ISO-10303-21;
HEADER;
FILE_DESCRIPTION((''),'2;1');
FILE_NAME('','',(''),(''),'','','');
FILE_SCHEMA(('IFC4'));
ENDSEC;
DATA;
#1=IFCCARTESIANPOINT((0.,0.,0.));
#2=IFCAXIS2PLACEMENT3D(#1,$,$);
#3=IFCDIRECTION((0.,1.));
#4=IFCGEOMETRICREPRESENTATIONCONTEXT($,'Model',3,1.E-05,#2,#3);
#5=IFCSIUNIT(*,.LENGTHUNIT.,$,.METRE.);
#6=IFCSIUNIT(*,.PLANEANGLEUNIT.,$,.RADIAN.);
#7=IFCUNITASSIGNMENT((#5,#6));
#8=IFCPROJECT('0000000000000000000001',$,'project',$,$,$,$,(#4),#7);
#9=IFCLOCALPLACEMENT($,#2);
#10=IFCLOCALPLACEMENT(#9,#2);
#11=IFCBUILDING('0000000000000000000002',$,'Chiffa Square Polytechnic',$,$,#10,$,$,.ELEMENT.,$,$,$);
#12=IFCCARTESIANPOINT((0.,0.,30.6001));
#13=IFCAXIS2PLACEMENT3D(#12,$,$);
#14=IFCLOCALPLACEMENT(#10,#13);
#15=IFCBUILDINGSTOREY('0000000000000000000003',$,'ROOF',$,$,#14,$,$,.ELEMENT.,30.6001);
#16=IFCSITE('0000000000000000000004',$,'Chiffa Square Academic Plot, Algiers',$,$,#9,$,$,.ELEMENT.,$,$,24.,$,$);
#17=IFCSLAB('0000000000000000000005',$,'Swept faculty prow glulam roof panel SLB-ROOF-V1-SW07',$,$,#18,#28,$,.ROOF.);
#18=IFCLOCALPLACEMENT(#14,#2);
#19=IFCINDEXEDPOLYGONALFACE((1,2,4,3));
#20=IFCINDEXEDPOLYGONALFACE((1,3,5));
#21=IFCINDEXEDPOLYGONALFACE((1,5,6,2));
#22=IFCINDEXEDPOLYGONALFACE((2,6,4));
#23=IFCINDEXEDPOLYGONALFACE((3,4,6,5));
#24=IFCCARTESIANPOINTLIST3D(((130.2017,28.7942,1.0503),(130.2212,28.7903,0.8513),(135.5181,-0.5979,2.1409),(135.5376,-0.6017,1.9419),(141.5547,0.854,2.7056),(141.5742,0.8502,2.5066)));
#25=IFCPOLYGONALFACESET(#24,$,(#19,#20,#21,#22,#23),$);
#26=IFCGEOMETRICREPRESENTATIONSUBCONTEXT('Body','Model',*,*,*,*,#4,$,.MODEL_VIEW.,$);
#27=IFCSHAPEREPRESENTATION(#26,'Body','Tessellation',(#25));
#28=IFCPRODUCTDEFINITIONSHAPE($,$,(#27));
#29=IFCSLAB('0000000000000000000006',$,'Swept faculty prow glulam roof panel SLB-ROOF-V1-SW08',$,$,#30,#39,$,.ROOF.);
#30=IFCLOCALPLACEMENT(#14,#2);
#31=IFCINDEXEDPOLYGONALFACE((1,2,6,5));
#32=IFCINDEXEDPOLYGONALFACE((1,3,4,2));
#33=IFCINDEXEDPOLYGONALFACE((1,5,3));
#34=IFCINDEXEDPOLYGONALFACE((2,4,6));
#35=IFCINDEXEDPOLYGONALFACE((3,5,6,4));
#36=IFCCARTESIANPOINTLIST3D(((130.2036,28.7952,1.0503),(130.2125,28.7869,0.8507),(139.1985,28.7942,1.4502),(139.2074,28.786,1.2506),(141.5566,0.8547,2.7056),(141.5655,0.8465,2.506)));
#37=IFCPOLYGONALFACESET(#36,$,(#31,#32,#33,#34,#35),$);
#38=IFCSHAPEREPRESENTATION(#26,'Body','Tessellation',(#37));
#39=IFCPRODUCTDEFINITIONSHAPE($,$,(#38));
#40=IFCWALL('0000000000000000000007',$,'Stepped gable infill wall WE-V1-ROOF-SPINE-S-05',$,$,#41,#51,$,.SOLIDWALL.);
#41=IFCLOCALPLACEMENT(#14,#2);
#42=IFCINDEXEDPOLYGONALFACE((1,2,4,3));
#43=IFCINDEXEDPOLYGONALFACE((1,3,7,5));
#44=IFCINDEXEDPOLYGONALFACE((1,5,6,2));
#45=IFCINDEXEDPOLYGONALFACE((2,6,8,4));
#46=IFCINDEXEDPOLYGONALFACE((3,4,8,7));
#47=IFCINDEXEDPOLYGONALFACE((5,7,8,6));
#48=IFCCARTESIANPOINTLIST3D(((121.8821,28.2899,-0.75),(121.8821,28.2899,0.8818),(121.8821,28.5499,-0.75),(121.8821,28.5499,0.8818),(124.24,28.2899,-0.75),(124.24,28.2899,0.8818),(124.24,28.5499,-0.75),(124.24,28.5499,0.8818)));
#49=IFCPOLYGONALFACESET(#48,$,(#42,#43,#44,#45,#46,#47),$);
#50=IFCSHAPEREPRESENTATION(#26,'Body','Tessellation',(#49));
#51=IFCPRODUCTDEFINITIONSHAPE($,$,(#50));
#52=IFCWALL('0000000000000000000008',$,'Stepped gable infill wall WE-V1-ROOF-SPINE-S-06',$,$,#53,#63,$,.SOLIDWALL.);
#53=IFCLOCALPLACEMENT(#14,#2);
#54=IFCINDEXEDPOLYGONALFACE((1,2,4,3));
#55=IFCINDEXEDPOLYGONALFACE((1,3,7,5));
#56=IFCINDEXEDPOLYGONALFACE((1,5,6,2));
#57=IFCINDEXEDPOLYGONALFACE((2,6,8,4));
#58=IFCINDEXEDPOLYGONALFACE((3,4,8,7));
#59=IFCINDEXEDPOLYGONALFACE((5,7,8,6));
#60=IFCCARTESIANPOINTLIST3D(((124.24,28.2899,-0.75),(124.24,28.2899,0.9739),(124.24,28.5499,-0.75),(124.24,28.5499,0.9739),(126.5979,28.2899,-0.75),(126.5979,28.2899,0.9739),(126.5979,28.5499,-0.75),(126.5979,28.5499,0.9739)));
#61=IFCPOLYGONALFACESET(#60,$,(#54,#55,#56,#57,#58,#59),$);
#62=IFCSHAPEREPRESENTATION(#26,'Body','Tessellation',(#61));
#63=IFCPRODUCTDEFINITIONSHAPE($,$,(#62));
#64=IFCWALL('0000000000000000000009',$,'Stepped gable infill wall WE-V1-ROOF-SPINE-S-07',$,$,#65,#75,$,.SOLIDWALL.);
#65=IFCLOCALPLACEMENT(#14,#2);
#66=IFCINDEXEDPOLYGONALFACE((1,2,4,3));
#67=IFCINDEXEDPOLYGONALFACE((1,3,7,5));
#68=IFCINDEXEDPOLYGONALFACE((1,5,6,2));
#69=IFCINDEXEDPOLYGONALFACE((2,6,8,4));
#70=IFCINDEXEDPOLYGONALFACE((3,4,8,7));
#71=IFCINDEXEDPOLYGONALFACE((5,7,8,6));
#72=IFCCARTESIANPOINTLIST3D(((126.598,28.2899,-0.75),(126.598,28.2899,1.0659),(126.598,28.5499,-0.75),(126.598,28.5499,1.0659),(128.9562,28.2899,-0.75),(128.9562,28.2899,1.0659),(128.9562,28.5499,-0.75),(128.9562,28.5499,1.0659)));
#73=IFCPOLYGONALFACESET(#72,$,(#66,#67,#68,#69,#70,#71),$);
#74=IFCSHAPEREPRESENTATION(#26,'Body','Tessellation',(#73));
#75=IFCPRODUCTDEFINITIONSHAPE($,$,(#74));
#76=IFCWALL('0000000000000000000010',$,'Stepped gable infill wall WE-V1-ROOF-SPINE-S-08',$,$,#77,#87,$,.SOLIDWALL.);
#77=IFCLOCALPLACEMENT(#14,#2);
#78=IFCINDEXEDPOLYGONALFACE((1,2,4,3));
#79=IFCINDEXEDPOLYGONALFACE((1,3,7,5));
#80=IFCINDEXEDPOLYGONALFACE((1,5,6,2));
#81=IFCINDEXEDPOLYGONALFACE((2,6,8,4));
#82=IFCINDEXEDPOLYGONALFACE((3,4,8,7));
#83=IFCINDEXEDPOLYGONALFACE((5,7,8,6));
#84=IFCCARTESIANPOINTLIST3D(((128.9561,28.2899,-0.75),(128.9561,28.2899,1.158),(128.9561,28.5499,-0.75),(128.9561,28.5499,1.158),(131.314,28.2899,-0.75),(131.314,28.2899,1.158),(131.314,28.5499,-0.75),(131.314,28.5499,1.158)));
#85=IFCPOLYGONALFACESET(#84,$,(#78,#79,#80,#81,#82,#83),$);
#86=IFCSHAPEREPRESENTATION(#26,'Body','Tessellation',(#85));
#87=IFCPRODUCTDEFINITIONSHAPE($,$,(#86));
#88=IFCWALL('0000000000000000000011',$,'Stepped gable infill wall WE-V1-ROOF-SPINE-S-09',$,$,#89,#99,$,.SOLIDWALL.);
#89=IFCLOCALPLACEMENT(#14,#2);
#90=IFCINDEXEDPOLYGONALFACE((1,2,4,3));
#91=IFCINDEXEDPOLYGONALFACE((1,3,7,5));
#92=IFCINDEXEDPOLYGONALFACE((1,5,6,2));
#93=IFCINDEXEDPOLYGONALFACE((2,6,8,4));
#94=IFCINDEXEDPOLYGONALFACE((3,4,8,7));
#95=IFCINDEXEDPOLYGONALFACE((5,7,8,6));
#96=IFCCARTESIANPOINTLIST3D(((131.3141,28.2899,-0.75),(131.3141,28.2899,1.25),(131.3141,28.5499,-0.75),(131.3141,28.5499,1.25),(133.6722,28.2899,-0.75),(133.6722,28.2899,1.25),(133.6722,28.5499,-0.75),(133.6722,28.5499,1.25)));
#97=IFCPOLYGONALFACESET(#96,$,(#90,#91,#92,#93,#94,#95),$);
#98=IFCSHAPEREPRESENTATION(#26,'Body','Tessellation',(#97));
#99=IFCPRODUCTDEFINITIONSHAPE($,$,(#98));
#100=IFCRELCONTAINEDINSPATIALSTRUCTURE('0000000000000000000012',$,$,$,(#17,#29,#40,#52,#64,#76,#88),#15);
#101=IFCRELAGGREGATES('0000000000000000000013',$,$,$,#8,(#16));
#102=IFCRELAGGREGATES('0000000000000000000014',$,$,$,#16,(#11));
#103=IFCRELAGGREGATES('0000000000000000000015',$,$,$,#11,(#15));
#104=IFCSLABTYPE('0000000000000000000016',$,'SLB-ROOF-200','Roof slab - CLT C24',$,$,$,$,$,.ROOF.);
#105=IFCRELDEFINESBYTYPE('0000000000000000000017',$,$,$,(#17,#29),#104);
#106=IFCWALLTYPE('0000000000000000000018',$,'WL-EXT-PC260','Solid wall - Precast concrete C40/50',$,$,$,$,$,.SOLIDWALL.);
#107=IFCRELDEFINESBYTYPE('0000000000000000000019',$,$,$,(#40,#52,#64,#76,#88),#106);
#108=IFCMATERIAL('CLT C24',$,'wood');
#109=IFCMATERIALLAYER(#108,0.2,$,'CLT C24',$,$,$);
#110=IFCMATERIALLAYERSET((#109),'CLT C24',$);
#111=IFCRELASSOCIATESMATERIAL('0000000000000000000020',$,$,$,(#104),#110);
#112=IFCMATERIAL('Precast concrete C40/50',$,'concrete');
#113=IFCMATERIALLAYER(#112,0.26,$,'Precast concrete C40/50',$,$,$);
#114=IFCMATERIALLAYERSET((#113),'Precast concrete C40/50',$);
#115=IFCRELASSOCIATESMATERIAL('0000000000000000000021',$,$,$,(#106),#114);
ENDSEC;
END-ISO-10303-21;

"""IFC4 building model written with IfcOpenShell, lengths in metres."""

from ifc_helpers import new_model, si_unit, direction, frame, frame_2d, origin, place, context, subcontext, project, spatial, polyline, rectangle, outline, extrude, material, layer, layer_set, type_object, element, save


model = new_model("IFC4")

# Units and contexts
model_context = context("Model", 3, precision=1e-05, world=origin(), true_north=direction((0.0, 1.0)))
body_context = subcontext(model_context, "Body", "Model", "MODEL_VIEW")
ifc_project = project(units=[si_unit("LENGTHUNIT", "METRE"), si_unit("PLANEANGLEUNIT", "RADIAN")], contexts=[model_context])

# Site, building, storey
site_placement = place(None, origin())
site = spatial("IfcSite", under=ifc_project, at=site_placement, Name="Chiffa Square Academic Plot, Algiers", CompositionType="ELEMENT", RefElevation=24.0)
building_placement = place(site_placement, origin())
building = spatial("IfcBuilding", under=site, at=building_placement, Name="Chiffa Square Polytechnic", CompositionType="ELEMENT")
storey_placement = place(building_placement, frame((0.0, 0.0, 30.6001)))
storey = spatial("IfcBuildingStorey", under=building, at=storey_placement, Name="ROOF", CompositionType="ELEMENT", Elevation=30.6001)

# Slabs
ifc_material_1 = material(Name="CLT C24", Category="wood")
ifc_layer_1 = layer(ifc_material_1, 0.2, Name="CLT C24")
ifc_layer_set_1 = layer_set([ifc_layer_1], Name="CLT C24")
slab_type = type_object("IfcSlabType", Name="SLB-ROOF-200", Description="Roof slab - CLT C24", PredefinedType="ROOF", material=ifc_layer_set_1)
slab_1_placement = place(storey_placement, frame((130.2017, 28.7942, 1.0503), z_axis=(-0.097709, 0.019246, 0.995029), x_axis=(0.177872, -0.983377, 0.036488)))
element("IfcSlab", 1, at=slab_1_placement, inside=storey, type_object=slab_type, Name="Swept faculty prow glulam roof panel SLB-ROOF-V1-SW07", PredefinedType="ROOF", context=body_context, shape_type="SweptSolid", body=[
    extrude(outline(polyline([(0.0, 0.0), (29.8889, 0.0), (29.5555, 6.2255), (0.0, 0.0)])), origin(), (0.0, 0.0, -1.0), 0.2),
])
slab_2_placement = place(storey_placement, frame((130.2036, 28.7952, 1.0503), z_axis=(-0.044373, 0.041104, 0.998169), x_axis=(0.375875, -0.925049, 0.054803)))
element("IfcSlab", 2, at=slab_2_placement, inside=storey, type_object=slab_type, Name="Swept faculty prow glulam roof panel SLB-ROOF-V1-SW08", PredefinedType="ROOF", context=body_context, shape_type="SweptSolid", body=[
    extrude(outline(polyline([(0.0, 0.0), (30.2043, 0.0), (3.4038, 8.3356), (0.0, 0.0)])), origin(), (0.0, 0.0, -1.0), 0.2),
])

# Walls
ifc_material_2 = material(Name="Precast concrete C40/50", Category="concrete")
ifc_layer_2 = layer(ifc_material_2, 0.26, Name="Precast concrete C40/50")
ifc_layer_set_2 = layer_set([ifc_layer_2], Name="Precast concrete C40/50")
wall_type = type_object("IfcWallType", Name="WL-EXT-PC260", Description="Solid wall - Precast concrete C40/50", PredefinedType="SOLIDWALL", material=ifc_layer_set_2)
wall_1_placement = place(storey_placement, frame((121.8821, 28.4199, -0.75), z_axis=(0.0, 0.0, 1.0), x_axis=(1.0, 0.0, 0.0)))
element("IfcWall", 3, at=wall_1_placement, inside=storey, type_object=wall_type, Name="Stepped gable infill wall WE-V1-ROOF-SPINE-S-05", PredefinedType="SOLIDWALL", context=body_context, shape_type="SweptSolid", body=[
    extrude(rectangle(XDim=2.3579, YDim=0.26, at=frame_2d((1.179, 0.0))), origin(), (0.0, 0.0, 1.0), 1.6318),
])
wall_2_placement = place(storey_placement, frame((124.24, 28.4199, -0.75), z_axis=(0.0, 0.0, 1.0), x_axis=(1.0, 0.0, 0.0)))
element("IfcWall", 4, at=wall_2_placement, inside=storey, type_object=wall_type, Name="Stepped gable infill wall WE-V1-ROOF-SPINE-S-06", PredefinedType="SOLIDWALL", context=body_context, shape_type="SweptSolid", body=[
    extrude(rectangle(XDim=2.3579, YDim=0.26, at=frame_2d((1.179, 0.0))), origin(), (0.0, 0.0, 1.0), 1.7239),
])
wall_3_placement = place(storey_placement, frame((126.5979, 28.4199, -0.75), z_axis=(0.0, 0.0, 1.0), x_axis=(1.0, 0.0, 0.0)))
element("IfcWall", 5, at=wall_3_placement, inside=storey, type_object=wall_type, Name="Stepped gable infill wall WE-V1-ROOF-SPINE-S-07", PredefinedType="SOLIDWALL", context=body_context, shape_type="SweptSolid", body=[
    extrude(rectangle(XDim=2.3582, YDim=0.26, at=frame_2d((1.1792, 0.0))), origin(), (0.0, 0.0, 1.0), 1.8159),
])
wall_4_placement = place(storey_placement, frame((128.9561, 28.4199, -0.75), z_axis=(0.0, 0.0, 1.0), x_axis=(1.0, 0.0, 0.0)))
element("IfcWall", 6, at=wall_4_placement, inside=storey, type_object=wall_type, Name="Stepped gable infill wall WE-V1-ROOF-SPINE-S-08", PredefinedType="SOLIDWALL", context=body_context, shape_type="SweptSolid", body=[
    extrude(rectangle(XDim=2.3579, YDim=0.26, at=frame_2d((1.179, 0.0))), origin(), (0.0, 0.0, 1.0), 1.908),
])
wall_5_placement = place(storey_placement, frame((131.314, 28.4199, -0.75), z_axis=(0.0, 0.0, 1.0), x_axis=(1.0, 0.0, 0.0)))
element("IfcWall", 7, at=wall_5_placement, inside=storey, type_object=wall_type, Name="Stepped gable infill wall WE-V1-ROOF-SPINE-S-09", PredefinedType="SOLIDWALL", context=body_context, shape_type="SweptSolid", body=[
    extrude(rectangle(XDim=2.3582, YDim=0.26, at=frame_2d((1.1792, 0.0))), origin(), (0.0, 0.0, 1.0), 2.0),
])

save(model, "model.ifc")
